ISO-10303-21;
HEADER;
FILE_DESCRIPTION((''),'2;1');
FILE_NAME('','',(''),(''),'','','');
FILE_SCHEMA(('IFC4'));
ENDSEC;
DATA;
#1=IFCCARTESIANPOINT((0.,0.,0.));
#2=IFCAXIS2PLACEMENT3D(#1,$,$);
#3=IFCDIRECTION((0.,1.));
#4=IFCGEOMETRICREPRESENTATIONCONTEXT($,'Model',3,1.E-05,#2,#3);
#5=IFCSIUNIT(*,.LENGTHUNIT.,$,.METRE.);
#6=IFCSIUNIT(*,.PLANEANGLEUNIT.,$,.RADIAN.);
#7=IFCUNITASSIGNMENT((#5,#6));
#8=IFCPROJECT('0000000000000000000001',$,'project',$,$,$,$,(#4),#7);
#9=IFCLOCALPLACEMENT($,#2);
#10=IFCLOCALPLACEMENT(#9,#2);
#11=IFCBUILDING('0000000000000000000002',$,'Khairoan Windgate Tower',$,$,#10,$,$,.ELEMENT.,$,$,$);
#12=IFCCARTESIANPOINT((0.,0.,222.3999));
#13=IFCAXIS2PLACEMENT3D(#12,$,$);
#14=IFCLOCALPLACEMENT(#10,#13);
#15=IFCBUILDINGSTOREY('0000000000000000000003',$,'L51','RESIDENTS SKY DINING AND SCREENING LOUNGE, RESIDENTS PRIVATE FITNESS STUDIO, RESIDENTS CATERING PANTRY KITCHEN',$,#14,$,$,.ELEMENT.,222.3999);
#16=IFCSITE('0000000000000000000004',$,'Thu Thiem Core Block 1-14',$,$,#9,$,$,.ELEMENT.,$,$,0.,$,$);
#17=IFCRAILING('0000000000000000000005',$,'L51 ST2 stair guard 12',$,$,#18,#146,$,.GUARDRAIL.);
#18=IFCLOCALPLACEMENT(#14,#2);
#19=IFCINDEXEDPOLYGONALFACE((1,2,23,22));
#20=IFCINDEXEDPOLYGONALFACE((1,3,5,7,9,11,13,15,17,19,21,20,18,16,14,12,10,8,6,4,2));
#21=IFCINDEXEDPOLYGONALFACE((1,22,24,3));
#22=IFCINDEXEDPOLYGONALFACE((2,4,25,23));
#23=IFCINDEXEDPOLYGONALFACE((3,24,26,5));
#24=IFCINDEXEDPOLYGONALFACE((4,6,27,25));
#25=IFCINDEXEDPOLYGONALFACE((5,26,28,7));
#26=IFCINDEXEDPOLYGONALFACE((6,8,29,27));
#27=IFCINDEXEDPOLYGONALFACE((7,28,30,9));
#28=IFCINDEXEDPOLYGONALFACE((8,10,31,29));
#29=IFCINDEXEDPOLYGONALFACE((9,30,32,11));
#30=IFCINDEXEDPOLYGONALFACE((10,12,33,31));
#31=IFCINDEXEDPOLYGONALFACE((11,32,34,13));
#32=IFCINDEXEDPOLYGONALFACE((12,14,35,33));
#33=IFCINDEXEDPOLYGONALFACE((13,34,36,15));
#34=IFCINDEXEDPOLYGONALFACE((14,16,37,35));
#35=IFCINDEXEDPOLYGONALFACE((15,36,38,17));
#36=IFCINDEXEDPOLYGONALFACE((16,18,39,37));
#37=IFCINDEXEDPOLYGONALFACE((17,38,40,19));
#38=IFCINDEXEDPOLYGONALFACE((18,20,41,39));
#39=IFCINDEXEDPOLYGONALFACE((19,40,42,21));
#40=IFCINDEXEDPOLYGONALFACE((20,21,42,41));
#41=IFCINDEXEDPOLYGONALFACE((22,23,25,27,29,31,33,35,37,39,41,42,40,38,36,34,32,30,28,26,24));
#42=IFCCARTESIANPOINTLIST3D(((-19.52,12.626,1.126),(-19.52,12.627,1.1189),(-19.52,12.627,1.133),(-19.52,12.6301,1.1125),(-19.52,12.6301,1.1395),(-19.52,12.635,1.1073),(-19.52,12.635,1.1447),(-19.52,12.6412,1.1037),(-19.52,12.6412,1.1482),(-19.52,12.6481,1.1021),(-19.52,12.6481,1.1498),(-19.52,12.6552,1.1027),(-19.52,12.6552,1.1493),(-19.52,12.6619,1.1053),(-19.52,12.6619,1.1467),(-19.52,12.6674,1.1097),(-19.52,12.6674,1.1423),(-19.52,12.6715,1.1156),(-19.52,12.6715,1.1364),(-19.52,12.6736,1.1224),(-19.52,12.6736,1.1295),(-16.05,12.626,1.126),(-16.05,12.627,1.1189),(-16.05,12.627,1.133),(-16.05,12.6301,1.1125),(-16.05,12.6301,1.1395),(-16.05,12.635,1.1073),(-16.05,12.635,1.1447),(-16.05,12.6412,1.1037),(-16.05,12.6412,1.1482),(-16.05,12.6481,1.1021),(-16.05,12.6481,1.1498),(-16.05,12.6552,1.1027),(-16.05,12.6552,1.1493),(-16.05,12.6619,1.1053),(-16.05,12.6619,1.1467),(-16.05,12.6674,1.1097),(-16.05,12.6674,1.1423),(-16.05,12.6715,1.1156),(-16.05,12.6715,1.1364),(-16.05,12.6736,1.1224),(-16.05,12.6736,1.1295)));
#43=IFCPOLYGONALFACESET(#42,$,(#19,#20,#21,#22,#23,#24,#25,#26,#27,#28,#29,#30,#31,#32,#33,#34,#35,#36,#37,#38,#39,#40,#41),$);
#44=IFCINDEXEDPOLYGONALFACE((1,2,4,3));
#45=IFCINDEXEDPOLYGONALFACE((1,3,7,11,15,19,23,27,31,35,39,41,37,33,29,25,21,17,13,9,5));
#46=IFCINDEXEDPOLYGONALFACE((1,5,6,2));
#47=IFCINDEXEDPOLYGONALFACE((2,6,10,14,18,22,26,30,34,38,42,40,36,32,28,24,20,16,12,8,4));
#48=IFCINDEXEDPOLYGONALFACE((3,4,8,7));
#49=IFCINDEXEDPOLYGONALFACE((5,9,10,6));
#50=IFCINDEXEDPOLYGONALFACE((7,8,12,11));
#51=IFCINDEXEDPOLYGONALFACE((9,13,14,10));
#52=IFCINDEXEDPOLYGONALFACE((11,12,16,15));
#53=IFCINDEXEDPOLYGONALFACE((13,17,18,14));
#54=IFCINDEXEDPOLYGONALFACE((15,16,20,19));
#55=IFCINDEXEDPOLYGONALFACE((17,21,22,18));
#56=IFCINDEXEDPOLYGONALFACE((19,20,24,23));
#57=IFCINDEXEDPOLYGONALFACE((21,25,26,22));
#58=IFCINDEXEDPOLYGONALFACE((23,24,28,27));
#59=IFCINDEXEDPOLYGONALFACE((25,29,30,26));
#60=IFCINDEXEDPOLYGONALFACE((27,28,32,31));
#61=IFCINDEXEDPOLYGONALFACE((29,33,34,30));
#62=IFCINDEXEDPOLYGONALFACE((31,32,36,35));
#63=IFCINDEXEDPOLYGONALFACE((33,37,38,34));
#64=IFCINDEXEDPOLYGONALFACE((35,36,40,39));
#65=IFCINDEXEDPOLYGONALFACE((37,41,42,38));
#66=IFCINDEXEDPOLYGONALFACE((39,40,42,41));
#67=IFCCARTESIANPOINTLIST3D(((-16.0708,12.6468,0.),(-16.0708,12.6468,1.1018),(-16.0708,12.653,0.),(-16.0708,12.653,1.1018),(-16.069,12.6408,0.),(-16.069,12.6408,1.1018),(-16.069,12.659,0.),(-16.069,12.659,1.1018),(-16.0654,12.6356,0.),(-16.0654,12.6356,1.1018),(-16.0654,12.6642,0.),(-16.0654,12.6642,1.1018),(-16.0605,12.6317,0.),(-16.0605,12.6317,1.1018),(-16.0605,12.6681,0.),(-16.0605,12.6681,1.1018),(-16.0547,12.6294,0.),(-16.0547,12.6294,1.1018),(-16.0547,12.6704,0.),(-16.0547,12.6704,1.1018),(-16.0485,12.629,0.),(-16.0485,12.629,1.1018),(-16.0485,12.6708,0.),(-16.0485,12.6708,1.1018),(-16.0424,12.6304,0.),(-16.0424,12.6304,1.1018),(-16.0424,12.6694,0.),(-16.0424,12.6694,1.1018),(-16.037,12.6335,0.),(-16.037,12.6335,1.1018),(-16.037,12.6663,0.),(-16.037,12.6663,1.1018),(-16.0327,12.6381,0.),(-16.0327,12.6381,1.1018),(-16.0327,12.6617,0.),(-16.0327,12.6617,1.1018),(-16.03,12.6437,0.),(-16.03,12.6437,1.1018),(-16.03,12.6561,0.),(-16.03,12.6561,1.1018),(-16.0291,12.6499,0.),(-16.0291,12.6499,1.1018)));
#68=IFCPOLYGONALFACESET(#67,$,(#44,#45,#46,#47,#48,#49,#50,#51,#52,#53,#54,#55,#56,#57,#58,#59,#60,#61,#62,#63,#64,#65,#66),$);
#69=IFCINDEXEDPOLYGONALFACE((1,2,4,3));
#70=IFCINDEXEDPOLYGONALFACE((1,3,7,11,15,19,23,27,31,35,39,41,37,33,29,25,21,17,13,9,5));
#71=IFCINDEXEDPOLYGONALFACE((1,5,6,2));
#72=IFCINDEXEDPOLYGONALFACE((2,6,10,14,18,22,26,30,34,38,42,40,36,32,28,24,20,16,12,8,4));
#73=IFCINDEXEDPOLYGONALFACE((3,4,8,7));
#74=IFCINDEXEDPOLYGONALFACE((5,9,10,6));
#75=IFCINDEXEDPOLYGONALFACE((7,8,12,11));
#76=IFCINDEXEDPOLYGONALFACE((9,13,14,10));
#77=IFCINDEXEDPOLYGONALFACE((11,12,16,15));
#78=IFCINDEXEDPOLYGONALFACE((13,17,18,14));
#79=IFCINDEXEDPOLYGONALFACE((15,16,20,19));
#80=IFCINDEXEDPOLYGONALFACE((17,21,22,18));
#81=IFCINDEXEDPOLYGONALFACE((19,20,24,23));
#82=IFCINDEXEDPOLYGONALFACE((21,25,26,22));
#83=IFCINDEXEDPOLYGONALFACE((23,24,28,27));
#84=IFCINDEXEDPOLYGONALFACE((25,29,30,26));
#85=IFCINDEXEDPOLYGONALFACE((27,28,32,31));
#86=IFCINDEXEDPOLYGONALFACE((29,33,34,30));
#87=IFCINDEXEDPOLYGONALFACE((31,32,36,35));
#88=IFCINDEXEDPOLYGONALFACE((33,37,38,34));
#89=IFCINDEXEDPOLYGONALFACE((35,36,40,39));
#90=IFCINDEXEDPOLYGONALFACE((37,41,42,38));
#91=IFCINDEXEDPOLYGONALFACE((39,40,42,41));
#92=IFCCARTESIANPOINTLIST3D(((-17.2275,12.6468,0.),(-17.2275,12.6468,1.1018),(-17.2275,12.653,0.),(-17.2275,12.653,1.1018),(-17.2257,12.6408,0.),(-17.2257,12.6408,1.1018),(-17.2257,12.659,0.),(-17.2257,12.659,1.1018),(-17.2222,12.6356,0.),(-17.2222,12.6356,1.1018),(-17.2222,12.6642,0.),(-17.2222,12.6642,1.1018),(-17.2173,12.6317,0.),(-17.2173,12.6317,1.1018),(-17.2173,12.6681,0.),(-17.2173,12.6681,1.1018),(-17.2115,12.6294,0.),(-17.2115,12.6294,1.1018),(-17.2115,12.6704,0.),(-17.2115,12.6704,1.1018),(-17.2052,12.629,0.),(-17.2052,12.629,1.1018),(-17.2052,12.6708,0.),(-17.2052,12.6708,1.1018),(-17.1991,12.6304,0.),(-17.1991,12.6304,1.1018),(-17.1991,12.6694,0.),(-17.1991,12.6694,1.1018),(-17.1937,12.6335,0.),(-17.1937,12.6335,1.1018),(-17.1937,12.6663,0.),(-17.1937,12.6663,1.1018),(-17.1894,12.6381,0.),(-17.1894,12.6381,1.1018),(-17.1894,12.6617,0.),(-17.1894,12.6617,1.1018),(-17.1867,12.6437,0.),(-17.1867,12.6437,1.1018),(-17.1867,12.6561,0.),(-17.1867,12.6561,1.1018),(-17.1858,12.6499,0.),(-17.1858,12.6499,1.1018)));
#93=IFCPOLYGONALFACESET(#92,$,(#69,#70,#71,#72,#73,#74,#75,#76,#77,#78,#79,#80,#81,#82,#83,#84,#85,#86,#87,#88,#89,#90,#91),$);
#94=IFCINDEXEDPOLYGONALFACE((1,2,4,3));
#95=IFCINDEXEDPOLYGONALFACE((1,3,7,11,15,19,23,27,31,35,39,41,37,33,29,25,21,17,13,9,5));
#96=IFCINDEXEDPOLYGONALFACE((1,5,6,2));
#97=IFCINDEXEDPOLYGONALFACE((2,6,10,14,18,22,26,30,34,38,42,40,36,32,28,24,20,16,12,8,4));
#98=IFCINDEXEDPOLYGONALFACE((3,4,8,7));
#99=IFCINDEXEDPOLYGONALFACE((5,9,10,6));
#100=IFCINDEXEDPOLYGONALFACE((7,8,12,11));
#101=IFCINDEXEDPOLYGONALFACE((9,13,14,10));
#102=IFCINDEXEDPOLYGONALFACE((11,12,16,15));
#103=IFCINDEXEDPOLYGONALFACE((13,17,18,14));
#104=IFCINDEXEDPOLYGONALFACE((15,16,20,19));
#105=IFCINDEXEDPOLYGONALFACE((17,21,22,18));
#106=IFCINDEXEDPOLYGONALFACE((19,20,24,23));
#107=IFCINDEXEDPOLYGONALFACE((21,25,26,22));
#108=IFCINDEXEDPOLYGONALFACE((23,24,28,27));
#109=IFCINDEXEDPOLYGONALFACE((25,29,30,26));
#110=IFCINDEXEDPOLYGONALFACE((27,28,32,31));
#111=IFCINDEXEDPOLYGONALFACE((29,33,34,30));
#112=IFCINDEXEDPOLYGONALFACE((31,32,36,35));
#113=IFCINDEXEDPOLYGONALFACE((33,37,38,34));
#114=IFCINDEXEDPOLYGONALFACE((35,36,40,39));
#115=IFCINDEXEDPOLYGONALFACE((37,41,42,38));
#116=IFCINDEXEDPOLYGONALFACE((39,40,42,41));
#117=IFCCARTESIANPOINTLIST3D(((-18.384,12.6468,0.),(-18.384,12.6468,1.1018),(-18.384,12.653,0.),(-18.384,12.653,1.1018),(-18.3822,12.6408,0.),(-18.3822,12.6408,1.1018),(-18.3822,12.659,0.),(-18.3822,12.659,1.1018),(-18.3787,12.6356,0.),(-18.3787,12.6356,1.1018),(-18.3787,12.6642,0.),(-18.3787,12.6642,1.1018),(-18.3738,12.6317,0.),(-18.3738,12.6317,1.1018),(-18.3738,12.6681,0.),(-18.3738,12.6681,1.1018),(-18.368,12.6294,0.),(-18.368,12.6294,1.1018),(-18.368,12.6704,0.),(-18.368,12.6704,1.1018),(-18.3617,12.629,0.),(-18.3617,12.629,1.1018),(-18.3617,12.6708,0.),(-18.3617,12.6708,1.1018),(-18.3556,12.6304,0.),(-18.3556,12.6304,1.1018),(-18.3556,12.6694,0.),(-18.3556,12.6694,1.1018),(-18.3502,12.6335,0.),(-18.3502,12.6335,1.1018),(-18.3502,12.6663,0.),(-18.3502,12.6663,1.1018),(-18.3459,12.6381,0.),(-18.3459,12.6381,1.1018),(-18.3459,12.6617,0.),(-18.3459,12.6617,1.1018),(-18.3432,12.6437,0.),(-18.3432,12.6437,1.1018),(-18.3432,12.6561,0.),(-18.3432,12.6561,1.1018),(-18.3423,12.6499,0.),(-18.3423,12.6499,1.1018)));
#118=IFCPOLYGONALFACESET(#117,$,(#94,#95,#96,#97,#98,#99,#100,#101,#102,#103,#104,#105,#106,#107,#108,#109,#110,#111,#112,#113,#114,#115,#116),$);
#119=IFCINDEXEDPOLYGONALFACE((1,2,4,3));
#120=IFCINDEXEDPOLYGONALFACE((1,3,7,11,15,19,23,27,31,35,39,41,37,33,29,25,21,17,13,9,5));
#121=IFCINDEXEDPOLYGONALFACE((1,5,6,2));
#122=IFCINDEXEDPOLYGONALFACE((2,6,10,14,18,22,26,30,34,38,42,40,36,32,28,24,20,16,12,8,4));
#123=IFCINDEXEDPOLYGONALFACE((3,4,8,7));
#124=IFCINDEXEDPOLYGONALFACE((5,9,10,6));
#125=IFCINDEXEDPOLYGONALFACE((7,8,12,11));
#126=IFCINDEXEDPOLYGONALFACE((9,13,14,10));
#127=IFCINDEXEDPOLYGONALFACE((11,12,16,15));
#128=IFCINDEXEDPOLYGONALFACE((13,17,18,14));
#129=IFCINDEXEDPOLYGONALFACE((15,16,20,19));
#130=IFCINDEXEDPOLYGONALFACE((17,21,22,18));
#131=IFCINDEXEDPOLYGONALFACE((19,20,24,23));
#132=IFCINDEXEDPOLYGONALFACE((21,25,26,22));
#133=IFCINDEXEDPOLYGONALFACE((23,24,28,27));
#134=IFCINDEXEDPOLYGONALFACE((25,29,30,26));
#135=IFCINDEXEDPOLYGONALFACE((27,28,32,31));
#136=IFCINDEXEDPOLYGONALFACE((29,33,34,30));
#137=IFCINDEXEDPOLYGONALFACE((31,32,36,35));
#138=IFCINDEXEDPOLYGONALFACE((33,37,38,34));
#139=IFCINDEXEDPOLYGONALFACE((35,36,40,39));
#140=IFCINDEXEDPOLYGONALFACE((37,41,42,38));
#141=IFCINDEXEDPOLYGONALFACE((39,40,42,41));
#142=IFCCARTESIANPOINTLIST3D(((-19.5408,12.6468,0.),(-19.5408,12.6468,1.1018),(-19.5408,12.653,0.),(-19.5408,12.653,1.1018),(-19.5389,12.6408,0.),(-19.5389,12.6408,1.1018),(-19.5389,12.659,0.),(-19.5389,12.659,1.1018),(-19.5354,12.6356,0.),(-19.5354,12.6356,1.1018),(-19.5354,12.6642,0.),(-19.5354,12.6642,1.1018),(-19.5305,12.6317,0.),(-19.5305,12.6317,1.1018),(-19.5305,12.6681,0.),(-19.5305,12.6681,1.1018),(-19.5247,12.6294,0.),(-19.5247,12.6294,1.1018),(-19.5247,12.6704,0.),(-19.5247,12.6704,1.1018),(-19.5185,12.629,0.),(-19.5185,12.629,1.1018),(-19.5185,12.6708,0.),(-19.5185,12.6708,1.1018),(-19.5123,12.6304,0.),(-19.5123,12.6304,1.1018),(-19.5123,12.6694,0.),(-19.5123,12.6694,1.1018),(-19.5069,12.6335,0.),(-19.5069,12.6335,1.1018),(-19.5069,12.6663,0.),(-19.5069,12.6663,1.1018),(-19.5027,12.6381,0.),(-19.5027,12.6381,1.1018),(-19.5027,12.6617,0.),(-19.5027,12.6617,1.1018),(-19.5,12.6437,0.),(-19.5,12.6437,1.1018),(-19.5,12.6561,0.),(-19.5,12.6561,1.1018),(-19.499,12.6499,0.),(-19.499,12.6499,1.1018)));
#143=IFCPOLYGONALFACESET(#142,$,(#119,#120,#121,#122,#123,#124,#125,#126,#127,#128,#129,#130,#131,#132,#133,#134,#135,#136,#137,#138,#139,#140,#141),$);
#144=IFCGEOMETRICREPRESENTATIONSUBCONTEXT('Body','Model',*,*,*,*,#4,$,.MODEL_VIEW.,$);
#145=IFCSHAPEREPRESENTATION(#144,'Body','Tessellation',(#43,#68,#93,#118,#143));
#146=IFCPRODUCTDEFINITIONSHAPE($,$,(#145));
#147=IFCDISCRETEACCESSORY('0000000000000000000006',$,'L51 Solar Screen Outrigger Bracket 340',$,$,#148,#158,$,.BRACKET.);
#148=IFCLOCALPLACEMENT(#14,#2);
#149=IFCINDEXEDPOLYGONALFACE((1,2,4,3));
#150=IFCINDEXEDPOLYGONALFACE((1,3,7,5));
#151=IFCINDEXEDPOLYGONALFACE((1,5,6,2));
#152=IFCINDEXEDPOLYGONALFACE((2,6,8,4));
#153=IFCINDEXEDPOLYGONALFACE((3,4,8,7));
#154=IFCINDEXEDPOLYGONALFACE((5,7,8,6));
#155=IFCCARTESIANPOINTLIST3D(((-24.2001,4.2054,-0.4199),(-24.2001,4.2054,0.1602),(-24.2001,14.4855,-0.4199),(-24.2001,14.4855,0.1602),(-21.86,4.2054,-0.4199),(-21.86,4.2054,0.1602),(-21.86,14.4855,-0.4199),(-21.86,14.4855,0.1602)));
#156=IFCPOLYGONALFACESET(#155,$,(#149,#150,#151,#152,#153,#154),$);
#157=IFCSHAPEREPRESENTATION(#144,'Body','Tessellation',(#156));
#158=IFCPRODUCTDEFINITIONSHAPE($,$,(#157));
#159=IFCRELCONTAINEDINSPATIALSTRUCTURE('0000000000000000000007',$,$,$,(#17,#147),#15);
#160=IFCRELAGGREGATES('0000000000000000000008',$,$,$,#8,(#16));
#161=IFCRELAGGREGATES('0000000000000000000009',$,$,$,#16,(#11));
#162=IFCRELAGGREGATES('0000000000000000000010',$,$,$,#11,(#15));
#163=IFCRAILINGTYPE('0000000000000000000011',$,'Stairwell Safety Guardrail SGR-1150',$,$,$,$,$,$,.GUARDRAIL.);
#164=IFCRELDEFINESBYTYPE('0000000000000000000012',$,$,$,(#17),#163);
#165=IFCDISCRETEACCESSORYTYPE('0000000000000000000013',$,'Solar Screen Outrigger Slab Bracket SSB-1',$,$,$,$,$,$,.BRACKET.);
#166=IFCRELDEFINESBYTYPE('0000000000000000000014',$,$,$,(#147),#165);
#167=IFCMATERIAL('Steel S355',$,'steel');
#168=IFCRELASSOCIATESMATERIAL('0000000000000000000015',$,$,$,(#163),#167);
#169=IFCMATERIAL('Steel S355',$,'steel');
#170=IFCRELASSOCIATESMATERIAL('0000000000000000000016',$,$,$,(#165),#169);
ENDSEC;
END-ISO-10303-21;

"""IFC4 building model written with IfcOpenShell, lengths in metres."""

from ifc_helpers import new_model, si_unit, direction, frame, origin, origin_2d, place, context, subcontext, project, spatial, rectangle, circle, extrude, material, type_object, element, save


model = new_model("IFC4")

# Units and contexts
model_context = context("Model", 3, precision=1e-05, world=origin(), true_north=direction((0.0, 1.0)))
body_context = subcontext(model_context, "Body", "Model", "MODEL_VIEW")
ifc_project = project(units=[si_unit("LENGTHUNIT", "METRE"), si_unit("PLANEANGLEUNIT", "RADIAN")], contexts=[model_context])

# Site, building, storey
site_placement = place(None, origin())
site = spatial("IfcSite", under=ifc_project, at=site_placement, Name="Thu Thiem Core Block 1-14", CompositionType="ELEMENT", RefElevation=0.0)
building_placement = place(site_placement, origin())
building = spatial("IfcBuilding", under=site, at=building_placement, Name="Khairoan Windgate Tower", CompositionType="ELEMENT")
storey_placement = place(building_placement, frame((0.0, 0.0, 222.3999)))
storey = spatial("IfcBuildingStorey", under=building, at=storey_placement, Name="L51", Description="RESIDENTS SKY DINING AND SCREENING LOUNGE, RESIDENTS PRIVATE FITNESS STUDIO, RESIDENTS CATERING PANTRY KITCHEN", CompositionType="ELEMENT", Elevation=222.3999)

# Railing
ifc_material_1 = material(Name="Steel S355", Category="steel")
railing_type = type_object("IfcRailingType", Name="Stairwell Safety Guardrail SGR-1150", PredefinedType="GUARDRAIL", material=ifc_material_1)
railing_1_placement = place(storey_placement, frame((-16.05, 12.6499, 0.0)))
element("IfcRailing", 1, at=railing_1_placement, inside=storey, type_object=railing_type, Name="L51 ST2 stair guard 12", PredefinedType="GUARDRAIL", context=body_context, shape_type="SweptSolid", body=[
    extrude(circle(Radius=0.0239, at=origin_2d()), frame((0.0, 0.0, 1.126), z_axis=(-1.0, 0.0, 0.0), x_axis=(0.0, -1.0, 0.0)), (0.0, 0.0, 1.0), 3.47),
    extrude(circle(Radius=0.021, at=origin_2d()), origin(), (0.0, 0.0, 1.0), 1.1018),
    extrude(circle(Radius=0.021, at=origin_2d()), frame((-1.1567, 0.0, 0.0)), (0.0, 0.0, 1.0), 1.1018),
    extrude(circle(Radius=0.021, at=origin_2d()), frame((-2.3132, 0.0, 0.0)), (0.0, 0.0, 1.0), 1.1018),
    extrude(circle(Radius=0.021, at=origin_2d()), frame((-3.47, 0.0, 0.0)), (0.0, 0.0, 1.0), 1.1018),
])

# Discrete accessory
ifc_material_2 = material(Name="Steel S355", Category="steel")
discrete_accessory_type = type_object("IfcDiscreteAccessoryType", Name="Solar Screen Outrigger Slab Bracket SSB-1", PredefinedType="BRACKET", material=ifc_material_2)
discrete_accessory_placement = place(storey_placement, frame((-23.03, 9.3455, -0.4199), z_axis=(0.0, 0.0, 1.0), x_axis=(0.0, 1.0, 0.0)))
element("IfcDiscreteAccessory", 2, at=discrete_accessory_placement, inside=storey, type_object=discrete_accessory_type, Name="L51 Solar Screen Outrigger Bracket 340", PredefinedType="BRACKET", context=body_context, shape_type="SweptSolid", body=[
    extrude(rectangle(XDim=10.28, YDim=2.3401, at=origin_2d()), origin(), (0.0, 0.0, 1.0), 0.5801),
])

save(model, "model.ifc")
